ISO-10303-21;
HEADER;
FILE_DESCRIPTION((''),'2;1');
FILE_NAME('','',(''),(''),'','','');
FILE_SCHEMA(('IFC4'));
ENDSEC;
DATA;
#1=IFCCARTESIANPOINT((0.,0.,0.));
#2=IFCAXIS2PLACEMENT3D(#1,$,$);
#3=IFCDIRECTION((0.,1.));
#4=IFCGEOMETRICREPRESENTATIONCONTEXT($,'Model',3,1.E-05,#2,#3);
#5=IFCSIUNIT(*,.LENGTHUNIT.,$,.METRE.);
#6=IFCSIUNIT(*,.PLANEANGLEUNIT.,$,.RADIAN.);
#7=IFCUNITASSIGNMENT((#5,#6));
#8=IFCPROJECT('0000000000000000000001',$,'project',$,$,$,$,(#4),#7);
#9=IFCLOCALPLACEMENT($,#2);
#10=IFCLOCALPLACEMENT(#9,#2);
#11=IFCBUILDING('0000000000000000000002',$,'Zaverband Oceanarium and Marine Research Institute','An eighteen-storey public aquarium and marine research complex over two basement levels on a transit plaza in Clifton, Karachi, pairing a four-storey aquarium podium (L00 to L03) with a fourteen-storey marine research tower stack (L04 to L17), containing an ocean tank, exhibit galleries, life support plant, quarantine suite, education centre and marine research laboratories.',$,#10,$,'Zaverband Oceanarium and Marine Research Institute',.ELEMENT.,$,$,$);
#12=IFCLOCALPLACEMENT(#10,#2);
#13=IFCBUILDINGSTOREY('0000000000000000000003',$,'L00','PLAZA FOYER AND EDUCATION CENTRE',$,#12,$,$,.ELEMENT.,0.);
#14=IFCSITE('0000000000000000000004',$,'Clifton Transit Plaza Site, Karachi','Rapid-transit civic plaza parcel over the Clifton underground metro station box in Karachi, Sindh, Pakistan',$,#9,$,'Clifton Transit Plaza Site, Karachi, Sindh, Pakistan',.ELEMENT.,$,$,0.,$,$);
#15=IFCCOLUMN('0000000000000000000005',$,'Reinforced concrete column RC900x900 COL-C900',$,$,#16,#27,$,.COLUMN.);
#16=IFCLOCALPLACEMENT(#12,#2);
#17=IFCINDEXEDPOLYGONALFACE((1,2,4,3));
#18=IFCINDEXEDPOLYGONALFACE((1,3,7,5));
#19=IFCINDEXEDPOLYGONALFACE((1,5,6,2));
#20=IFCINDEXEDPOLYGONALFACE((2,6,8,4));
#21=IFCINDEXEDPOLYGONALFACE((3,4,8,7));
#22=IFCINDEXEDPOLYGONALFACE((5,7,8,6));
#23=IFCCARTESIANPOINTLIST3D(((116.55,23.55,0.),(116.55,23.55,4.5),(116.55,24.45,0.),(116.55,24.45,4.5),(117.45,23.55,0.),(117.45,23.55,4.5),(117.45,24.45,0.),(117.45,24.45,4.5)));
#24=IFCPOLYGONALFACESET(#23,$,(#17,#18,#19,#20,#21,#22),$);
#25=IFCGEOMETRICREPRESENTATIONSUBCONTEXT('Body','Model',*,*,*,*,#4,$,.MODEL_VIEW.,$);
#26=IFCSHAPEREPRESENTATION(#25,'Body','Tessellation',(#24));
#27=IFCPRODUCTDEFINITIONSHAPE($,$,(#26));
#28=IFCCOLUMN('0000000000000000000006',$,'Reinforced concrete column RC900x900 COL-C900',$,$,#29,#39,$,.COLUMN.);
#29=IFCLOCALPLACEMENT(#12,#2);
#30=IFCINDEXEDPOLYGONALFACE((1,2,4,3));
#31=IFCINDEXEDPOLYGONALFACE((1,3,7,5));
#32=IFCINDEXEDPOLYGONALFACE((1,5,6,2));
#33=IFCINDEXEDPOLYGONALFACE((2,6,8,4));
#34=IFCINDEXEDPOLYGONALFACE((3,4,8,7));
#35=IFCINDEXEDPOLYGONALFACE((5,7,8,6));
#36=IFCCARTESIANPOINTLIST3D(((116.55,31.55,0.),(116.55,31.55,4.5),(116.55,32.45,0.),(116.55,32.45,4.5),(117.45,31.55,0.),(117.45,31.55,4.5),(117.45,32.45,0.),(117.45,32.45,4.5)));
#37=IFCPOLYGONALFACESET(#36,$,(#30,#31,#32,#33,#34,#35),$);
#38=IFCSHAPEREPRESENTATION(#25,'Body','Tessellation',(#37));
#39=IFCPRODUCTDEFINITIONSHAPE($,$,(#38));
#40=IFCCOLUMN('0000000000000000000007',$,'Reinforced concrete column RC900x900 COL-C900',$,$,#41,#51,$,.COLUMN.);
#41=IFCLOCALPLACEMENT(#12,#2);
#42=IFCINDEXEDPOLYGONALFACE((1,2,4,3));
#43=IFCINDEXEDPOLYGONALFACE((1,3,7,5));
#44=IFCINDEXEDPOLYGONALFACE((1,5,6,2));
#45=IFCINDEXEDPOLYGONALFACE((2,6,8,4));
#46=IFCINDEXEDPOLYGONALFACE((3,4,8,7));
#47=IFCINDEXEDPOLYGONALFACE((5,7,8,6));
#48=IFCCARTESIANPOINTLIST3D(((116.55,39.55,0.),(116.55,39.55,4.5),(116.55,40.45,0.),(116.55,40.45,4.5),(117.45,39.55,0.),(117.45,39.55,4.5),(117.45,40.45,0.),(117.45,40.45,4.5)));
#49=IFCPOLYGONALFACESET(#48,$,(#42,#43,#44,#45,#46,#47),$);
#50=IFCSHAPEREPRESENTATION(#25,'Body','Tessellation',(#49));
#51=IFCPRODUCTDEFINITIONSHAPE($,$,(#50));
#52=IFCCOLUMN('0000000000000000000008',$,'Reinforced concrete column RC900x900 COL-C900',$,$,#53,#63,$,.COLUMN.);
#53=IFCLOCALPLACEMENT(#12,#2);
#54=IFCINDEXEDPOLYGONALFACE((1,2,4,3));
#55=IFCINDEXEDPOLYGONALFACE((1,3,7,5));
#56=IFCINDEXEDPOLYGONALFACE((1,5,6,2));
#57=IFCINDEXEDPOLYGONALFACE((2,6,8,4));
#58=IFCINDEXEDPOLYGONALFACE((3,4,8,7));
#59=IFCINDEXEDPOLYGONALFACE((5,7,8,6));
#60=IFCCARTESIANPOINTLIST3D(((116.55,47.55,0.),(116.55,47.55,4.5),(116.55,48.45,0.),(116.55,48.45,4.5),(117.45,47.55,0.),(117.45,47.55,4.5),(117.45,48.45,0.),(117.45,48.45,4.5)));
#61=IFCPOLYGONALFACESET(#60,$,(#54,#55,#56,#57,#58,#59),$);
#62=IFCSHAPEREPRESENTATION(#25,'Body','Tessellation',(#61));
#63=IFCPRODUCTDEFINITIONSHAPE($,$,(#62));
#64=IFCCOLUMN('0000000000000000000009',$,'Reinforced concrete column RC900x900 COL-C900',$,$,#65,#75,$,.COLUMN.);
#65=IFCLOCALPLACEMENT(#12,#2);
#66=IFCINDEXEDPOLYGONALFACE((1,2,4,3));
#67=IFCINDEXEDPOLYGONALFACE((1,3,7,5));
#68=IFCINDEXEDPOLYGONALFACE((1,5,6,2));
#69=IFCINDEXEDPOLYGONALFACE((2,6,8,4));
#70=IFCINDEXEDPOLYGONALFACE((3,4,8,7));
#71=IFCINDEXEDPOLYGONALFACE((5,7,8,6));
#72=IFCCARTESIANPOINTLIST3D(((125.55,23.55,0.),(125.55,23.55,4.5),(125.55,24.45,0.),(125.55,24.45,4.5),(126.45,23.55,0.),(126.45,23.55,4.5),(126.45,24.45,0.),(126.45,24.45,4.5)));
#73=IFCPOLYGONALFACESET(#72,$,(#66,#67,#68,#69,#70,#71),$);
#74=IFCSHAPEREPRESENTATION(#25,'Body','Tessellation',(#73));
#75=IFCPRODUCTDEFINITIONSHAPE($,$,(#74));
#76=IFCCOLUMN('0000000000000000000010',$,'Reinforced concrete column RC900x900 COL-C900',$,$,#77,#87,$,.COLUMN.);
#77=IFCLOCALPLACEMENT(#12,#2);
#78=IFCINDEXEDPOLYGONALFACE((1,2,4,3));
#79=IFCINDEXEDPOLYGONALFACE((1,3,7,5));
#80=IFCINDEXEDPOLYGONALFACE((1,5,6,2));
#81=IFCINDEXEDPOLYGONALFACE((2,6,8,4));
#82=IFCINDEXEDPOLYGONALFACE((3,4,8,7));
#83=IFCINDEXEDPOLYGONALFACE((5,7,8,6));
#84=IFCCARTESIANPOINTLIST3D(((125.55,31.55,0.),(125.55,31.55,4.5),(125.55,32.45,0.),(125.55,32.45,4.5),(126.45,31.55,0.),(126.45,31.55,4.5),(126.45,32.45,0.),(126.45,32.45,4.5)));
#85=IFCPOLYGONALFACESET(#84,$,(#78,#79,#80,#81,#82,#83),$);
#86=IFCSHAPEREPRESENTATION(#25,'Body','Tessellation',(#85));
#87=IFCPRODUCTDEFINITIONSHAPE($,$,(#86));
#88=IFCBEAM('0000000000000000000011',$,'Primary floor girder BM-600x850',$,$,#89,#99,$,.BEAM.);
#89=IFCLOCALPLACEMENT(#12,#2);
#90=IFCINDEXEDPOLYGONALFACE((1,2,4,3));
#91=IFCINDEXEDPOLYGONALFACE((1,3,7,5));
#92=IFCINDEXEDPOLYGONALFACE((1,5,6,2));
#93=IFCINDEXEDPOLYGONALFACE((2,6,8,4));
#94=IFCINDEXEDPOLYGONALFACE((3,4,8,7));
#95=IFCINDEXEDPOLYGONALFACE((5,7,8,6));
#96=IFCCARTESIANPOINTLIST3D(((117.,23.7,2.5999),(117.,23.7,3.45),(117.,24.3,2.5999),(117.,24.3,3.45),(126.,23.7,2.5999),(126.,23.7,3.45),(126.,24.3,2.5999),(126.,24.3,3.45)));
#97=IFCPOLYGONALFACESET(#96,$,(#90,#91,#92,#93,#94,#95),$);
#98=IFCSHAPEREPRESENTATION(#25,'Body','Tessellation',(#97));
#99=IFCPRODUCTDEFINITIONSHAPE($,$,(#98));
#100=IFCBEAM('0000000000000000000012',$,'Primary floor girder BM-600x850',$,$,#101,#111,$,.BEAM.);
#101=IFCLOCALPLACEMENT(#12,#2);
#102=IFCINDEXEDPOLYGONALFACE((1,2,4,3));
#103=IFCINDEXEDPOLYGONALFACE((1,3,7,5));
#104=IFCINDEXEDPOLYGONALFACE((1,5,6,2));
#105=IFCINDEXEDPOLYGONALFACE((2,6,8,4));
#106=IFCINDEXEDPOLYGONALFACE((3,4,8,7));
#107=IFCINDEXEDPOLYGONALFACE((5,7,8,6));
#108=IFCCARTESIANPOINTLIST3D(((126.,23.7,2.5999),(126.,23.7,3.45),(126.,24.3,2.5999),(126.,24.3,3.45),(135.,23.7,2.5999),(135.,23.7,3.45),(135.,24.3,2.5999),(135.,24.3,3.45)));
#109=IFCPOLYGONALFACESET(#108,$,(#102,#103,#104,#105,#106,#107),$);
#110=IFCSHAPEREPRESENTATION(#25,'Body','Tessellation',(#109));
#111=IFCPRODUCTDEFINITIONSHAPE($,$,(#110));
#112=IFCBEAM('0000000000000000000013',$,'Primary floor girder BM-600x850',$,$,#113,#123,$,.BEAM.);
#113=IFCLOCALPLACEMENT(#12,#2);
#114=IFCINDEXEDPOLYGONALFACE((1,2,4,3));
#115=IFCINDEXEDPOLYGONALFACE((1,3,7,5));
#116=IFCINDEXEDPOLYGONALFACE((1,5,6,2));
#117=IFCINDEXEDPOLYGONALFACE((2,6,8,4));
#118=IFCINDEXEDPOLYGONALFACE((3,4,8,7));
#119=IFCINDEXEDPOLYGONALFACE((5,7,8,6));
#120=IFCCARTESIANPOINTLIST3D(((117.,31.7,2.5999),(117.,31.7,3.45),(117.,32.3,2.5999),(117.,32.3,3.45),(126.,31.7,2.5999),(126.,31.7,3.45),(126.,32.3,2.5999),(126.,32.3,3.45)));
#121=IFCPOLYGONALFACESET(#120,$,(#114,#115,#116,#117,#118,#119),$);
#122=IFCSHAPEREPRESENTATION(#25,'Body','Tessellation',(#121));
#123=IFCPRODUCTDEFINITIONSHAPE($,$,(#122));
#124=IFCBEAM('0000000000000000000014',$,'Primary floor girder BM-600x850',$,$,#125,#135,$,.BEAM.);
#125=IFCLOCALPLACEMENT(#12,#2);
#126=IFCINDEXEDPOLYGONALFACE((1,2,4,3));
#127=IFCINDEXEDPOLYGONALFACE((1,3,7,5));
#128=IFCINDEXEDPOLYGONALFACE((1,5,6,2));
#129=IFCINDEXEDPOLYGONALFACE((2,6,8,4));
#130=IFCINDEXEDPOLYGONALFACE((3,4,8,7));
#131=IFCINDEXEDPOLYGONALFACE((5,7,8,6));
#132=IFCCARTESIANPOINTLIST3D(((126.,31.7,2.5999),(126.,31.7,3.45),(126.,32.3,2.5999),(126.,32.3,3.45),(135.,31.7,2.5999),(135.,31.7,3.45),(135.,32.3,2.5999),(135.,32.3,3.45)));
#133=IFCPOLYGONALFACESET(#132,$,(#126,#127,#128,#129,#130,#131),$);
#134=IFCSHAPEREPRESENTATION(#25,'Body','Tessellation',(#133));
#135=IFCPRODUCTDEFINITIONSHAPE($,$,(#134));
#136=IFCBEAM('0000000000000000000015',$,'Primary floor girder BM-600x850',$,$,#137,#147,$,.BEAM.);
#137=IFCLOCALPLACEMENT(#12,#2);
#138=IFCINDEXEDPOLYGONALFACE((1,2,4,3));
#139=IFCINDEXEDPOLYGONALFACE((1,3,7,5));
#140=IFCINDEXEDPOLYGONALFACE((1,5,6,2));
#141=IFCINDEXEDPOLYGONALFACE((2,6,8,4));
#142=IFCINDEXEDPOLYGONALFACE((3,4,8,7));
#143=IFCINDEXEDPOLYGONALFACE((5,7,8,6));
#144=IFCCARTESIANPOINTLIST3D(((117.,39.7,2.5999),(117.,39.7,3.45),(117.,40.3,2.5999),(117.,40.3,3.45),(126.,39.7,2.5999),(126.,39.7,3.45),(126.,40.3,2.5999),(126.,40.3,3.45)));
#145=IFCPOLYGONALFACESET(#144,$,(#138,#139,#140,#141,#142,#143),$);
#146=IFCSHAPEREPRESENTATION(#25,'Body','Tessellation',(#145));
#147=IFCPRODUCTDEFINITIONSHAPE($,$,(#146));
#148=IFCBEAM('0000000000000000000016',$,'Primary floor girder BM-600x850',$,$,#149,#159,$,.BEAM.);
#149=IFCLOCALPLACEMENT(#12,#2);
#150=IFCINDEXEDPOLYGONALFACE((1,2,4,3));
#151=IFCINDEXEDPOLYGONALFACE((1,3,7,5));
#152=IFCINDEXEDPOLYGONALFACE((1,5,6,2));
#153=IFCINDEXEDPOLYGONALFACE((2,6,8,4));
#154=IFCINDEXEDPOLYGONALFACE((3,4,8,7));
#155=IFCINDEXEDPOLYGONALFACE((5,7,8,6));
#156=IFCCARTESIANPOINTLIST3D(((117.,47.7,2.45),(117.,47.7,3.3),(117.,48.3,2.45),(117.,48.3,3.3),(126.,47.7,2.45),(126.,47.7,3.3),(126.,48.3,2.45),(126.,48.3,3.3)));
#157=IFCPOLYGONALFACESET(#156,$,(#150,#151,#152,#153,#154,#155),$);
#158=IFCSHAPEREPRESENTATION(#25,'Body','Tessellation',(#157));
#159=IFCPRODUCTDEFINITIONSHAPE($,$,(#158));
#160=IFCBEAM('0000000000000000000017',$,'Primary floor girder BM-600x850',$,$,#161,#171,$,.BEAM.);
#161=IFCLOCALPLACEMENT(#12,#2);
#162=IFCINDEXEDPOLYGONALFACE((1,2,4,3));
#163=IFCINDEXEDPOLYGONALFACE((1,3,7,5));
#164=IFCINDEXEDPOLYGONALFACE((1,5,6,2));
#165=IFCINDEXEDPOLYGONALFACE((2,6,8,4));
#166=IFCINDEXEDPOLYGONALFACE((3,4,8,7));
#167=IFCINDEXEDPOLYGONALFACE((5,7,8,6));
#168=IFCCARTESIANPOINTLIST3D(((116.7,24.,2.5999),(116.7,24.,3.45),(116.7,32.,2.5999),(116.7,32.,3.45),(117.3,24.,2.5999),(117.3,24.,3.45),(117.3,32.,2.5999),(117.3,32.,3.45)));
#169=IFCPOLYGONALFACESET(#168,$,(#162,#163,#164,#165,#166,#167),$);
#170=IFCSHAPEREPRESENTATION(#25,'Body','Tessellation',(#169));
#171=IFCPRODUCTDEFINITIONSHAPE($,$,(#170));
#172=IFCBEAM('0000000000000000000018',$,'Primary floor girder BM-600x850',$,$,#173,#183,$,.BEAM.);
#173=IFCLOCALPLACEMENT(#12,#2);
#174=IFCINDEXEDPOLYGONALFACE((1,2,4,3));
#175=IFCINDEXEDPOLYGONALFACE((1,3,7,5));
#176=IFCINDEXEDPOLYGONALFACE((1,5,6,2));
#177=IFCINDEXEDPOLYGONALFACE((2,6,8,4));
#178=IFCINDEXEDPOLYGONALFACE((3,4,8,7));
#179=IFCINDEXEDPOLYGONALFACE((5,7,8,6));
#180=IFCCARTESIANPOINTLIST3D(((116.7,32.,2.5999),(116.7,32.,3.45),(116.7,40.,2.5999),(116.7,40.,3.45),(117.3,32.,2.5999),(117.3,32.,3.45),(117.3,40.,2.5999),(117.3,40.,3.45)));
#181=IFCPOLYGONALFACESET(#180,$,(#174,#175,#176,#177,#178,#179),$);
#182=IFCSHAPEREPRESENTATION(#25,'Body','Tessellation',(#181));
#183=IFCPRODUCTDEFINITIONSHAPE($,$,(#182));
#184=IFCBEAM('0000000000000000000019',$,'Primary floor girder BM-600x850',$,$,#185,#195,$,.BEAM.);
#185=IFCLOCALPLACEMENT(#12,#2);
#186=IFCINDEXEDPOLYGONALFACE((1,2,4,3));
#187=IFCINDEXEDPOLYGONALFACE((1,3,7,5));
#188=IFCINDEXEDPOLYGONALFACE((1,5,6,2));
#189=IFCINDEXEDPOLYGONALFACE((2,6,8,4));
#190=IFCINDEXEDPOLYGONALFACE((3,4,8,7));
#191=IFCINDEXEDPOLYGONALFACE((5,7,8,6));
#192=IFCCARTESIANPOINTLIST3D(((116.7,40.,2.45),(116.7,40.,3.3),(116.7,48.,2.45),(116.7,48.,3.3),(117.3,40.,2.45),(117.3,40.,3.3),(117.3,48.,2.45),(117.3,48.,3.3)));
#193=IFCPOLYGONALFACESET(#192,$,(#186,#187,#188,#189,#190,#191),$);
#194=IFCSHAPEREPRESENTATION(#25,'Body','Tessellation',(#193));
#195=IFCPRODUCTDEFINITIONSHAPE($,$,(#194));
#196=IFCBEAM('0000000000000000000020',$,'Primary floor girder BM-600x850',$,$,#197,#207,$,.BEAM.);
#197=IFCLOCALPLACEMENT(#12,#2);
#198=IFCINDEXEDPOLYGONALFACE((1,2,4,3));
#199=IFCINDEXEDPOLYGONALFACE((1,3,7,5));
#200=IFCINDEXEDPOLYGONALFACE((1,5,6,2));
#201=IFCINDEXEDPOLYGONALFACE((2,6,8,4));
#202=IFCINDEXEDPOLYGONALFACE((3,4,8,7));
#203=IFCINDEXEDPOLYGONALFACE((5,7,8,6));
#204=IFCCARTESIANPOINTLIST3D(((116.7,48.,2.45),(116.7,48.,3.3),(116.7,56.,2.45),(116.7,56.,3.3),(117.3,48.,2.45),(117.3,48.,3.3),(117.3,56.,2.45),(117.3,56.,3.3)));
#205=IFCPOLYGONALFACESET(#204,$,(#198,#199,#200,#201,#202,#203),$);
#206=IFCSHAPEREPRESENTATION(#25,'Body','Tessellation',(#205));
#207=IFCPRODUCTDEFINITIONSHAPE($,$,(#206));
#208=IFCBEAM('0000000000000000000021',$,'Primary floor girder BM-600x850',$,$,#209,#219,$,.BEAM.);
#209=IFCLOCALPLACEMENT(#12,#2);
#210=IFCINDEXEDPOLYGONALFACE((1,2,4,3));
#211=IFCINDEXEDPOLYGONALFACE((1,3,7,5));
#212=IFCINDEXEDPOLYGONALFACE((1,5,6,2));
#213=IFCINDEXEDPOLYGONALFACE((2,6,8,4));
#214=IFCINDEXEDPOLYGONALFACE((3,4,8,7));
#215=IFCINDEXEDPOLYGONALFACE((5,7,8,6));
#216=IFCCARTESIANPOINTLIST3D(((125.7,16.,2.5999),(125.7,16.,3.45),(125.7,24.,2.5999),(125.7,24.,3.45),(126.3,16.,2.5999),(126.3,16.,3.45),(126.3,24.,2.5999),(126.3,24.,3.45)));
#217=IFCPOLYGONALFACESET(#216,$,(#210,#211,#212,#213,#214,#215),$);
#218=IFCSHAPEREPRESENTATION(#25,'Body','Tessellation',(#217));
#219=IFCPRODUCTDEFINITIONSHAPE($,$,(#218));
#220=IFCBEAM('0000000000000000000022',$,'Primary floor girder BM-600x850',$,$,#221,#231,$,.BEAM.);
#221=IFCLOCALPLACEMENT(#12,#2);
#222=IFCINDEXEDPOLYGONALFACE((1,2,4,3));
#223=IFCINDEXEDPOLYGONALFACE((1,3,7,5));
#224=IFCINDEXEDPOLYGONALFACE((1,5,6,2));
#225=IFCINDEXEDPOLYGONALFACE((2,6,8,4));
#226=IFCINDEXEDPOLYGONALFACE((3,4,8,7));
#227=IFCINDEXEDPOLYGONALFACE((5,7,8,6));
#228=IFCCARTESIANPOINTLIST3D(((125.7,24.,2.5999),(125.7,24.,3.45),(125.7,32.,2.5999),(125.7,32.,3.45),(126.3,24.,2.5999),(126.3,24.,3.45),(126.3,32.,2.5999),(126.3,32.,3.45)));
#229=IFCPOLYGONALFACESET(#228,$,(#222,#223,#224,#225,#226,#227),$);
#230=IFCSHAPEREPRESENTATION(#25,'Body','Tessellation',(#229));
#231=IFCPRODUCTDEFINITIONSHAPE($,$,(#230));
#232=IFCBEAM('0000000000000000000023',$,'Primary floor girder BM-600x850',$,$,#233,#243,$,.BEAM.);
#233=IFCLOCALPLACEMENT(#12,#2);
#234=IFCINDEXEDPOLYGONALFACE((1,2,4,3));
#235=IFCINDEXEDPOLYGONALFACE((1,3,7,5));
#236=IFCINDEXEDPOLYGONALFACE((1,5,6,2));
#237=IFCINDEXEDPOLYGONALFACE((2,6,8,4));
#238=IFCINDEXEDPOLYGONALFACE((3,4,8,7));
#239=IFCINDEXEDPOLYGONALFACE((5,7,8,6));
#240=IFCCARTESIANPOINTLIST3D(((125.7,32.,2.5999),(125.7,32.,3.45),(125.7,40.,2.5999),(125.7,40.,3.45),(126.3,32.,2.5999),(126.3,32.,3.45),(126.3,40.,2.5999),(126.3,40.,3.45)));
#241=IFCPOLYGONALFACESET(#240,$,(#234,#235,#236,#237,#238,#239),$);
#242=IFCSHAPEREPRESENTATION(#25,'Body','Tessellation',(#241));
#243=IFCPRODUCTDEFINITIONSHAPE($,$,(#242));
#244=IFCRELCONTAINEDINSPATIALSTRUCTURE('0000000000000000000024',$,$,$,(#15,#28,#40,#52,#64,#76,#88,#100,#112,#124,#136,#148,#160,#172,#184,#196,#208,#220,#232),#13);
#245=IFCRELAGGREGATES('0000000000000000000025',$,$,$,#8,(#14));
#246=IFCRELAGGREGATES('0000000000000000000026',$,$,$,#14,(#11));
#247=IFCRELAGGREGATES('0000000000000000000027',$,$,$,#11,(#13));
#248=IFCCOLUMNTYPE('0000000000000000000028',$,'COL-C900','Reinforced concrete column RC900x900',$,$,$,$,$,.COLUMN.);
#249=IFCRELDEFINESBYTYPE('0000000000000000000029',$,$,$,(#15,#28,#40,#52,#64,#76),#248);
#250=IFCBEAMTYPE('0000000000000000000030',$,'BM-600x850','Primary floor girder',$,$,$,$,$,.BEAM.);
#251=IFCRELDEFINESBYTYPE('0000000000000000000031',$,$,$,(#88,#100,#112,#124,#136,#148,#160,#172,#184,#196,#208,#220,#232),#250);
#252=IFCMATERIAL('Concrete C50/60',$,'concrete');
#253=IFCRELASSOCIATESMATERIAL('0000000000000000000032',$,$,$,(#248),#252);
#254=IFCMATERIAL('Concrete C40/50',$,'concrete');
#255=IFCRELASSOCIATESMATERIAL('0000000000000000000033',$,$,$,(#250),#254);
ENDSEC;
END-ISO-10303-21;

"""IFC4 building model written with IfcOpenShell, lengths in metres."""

from ifc_helpers import new_model, si_unit, direction, frame, origin, origin_2d, place, context, subcontext, project, spatial, rectangle, extrude, material, material_profile, profile_set, type_object, element, save


model = new_model("IFC4")

# Units and contexts
model_context = context("Model", 3, precision=1e-05, world=origin(), true_north=direction((0.0, 1.0)))
body_context = subcontext(model_context, "Body", "Model", "MODEL_VIEW")
ifc_project = project(units=[si_unit("LENGTHUNIT", "METRE"), si_unit("PLANEANGLEUNIT", "RADIAN")], contexts=[model_context])

# Site, building, storey
site_placement = place(None, origin())
site = spatial("IfcSite", under=ifc_project, at=site_placement, Name="Clifton Transit Plaza Site, Karachi", Description="Rapid-transit civic plaza parcel over the Clifton underground metro station box in Karachi, Sindh, Pakistan", LongName="Clifton Transit Plaza Site, Karachi, Sindh, Pakistan", CompositionType="ELEMENT", RefElevation=0.0)
building_placement = place(site_placement, origin())
building = spatial("IfcBuilding", under=site, at=building_placement, Name="Zaverband Oceanarium and Marine Research Institute", Description="An eighteen-storey public aquarium and marine research complex over two basement levels on a transit plaza in Clifton, Karachi, pairing a four-storey aquarium podium (L00 to L03) with a fourteen-storey marine research tower stack (L04 to L17), containing an ocean tank, exhibit galleries, life support plant, quarantine suite, education centre and marine research laboratories.", LongName="Zaverband Oceanarium and Marine Research Institute", CompositionType="ELEMENT")
storey_placement = place(building_placement, origin())
storey = spatial("IfcBuildingStorey", under=building, at=storey_placement, Name="L00", Description="PLAZA FOYER AND EDUCATION CENTRE", CompositionType="ELEMENT", Elevation=0.0)

# Columns
ifc_material_1 = material(Name="Concrete C50/60", Category="concrete")
ifc_material_profile_1 = material_profile(ifc_material_1, rectangle(XDim=0.8999, YDim=0.8999, at=origin_2d()), Name="RC900x900")
ifc_profile_set_1 = profile_set([ifc_material_profile_1], Name="Concrete C50/60")
column_type = type_object("IfcColumnType", Name="COL-C900", Description="Reinforced concrete column RC900x900", PredefinedType="COLUMN", material=ifc_profile_set_1)
for number, where, z_axis, x_axis, name in (
    (1, (117.0, 24.0, 0.0), (0.0, 0.0, 1.0), (1.0, 0.0, 0.0), "Reinforced concrete column RC900x900 COL-C900"),
    (2, (117.0, 32.0, 0.0), (0.0, 0.0, 1.0), (1.0, 0.0, 0.0), "Reinforced concrete column RC900x900 COL-C900"),
    (3, (117.0, 40.0, 0.0), (0.0, 0.0, 1.0), (1.0, 0.0, 0.0), "Reinforced concrete column RC900x900 COL-C900"),
    (4, (117.0, 48.0, 0.0), (0.0, 0.0, 1.0), (1.0, 0.0, 0.0), "Reinforced concrete column RC900x900 COL-C900"),
    (5, (126.0, 24.0, 0.0), (0.0, 0.0, 1.0), (1.0, 0.0, 0.0), "Reinforced concrete column RC900x900 COL-C900"),
    (6, (126.0, 32.0, 0.0), (0.0, 0.0, 1.0), (1.0, 0.0, 0.0), "Reinforced concrete column RC900x900 COL-C900"),
):
    element("IfcColumn", number, at=place(storey_placement, frame(where, z_axis=z_axis, x_axis=x_axis)), inside=storey, type_object=column_type, Name=name, PredefinedType="COLUMN", context=body_context, shape_type="SweptSolid", body=[
        extrude(rectangle(XDim=0.8999, YDim=0.8999, at=origin_2d()), origin(), (0.0, 0.0, 1.0), 4.5),
    ])

# Beams
ifc_material_2 = material(Name="Concrete C40/50", Category="concrete")
ifc_material_profile_2 = material_profile(ifc_material_2, rectangle(XDim=0.6001, YDim=0.8501, at=origin_2d()), Name="RC600x850")
ifc_profile_set_2 = profile_set([ifc_material_profile_2], Name="Concrete C40/50")
beam_type_1 = type_object("IfcBeamType", Name="BM-600x850", Description="Primary floor girder", PredefinedType="BEAM", material=ifc_profile_set_2)
for number, where, z_axis, x_axis, name in (
    (7, (117.0, 24.0, 3.0249), (1.0, 0.0, 0.0), (0.0, 1.0, 0.0), "Primary floor girder BM-600x850"),
    (8, (126.0, 24.0, 3.0249), (1.0, 0.0, 0.0), (0.0, 1.0, 0.0), "Primary floor girder BM-600x850"),
    (9, (117.0, 32.0, 3.0249), (1.0, 0.0, 0.0), (0.0, 1.0, 0.0), "Primary floor girder BM-600x850"),
    (10, (126.0, 32.0, 3.0249), (1.0, 0.0, 0.0), (0.0, 1.0, 0.0), "Primary floor girder BM-600x850"),
    (11, (117.0, 40.0, 3.0249), (1.0, 0.0, 0.0), (0.0, 1.0, 0.0), "Primary floor girder BM-600x850"),
    (12, (117.0, 48.0, 2.875), (1.0, 0.0, 0.0), (0.0, 1.0, 0.0), "Primary floor girder BM-600x850"),
):
    element("IfcBeam", number, at=place(storey_placement, frame(where, z_axis=z_axis, x_axis=x_axis)), inside=storey, type_object=beam_type_1, Name=name, PredefinedType="BEAM", context=body_context, shape_type="SweptSolid", body=[
        extrude(rectangle(XDim=0.6001, YDim=0.8501, at=origin_2d()), origin(), (0.0, 0.0, 1.0), 9.0),
    ])
for number, where, z_axis, x_axis, name in (
    (13, (117.0, 24.0, 3.0249), (0.0, 1.0, 0.0), (-1.0, 0.0, 0.0), "Primary floor girder BM-600x850"),
    (14, (117.0, 32.0, 3.0249), (0.0, 1.0, 0.0), (-1.0, 0.0, 0.0), "Primary floor girder BM-600x850"),
    (15, (117.0, 40.0, 2.875), (0.0, 1.0, 0.0), (-1.0, 0.0, 0.0), "Primary floor girder BM-600x850"),
    (16, (117.0, 48.0, 2.875), (0.0, 1.0, 0.0), (-1.0, 0.0, 0.0), "Primary floor girder BM-600x850"),
    (17, (126.0, 16.0, 3.0249), (0.0, 1.0, 0.0), (-1.0, 0.0, 0.0), "Primary floor girder BM-600x850"),
    (18, (126.0, 24.0, 3.0249), (0.0, 1.0, 0.0), (-1.0, 0.0, 0.0), "Primary floor girder BM-600x850"),
    (19, (126.0, 32.0, 3.0249), (0.0, 1.0, 0.0), (-1.0, 0.0, 0.0), "Primary floor girder BM-600x850"),
):
    element("IfcBeam", number, at=place(storey_placement, frame(where, z_axis=z_axis, x_axis=x_axis)), inside=storey, type_object=beam_type_1, Name=name, PredefinedType="BEAM", context=body_context, shape_type="SweptSolid", body=[
        extrude(rectangle(XDim=0.6001, YDim=0.8501, at=origin_2d()), origin(), (0.0, 0.0, 1.0), 8.0),
    ])

save(model, "model.ifc")
